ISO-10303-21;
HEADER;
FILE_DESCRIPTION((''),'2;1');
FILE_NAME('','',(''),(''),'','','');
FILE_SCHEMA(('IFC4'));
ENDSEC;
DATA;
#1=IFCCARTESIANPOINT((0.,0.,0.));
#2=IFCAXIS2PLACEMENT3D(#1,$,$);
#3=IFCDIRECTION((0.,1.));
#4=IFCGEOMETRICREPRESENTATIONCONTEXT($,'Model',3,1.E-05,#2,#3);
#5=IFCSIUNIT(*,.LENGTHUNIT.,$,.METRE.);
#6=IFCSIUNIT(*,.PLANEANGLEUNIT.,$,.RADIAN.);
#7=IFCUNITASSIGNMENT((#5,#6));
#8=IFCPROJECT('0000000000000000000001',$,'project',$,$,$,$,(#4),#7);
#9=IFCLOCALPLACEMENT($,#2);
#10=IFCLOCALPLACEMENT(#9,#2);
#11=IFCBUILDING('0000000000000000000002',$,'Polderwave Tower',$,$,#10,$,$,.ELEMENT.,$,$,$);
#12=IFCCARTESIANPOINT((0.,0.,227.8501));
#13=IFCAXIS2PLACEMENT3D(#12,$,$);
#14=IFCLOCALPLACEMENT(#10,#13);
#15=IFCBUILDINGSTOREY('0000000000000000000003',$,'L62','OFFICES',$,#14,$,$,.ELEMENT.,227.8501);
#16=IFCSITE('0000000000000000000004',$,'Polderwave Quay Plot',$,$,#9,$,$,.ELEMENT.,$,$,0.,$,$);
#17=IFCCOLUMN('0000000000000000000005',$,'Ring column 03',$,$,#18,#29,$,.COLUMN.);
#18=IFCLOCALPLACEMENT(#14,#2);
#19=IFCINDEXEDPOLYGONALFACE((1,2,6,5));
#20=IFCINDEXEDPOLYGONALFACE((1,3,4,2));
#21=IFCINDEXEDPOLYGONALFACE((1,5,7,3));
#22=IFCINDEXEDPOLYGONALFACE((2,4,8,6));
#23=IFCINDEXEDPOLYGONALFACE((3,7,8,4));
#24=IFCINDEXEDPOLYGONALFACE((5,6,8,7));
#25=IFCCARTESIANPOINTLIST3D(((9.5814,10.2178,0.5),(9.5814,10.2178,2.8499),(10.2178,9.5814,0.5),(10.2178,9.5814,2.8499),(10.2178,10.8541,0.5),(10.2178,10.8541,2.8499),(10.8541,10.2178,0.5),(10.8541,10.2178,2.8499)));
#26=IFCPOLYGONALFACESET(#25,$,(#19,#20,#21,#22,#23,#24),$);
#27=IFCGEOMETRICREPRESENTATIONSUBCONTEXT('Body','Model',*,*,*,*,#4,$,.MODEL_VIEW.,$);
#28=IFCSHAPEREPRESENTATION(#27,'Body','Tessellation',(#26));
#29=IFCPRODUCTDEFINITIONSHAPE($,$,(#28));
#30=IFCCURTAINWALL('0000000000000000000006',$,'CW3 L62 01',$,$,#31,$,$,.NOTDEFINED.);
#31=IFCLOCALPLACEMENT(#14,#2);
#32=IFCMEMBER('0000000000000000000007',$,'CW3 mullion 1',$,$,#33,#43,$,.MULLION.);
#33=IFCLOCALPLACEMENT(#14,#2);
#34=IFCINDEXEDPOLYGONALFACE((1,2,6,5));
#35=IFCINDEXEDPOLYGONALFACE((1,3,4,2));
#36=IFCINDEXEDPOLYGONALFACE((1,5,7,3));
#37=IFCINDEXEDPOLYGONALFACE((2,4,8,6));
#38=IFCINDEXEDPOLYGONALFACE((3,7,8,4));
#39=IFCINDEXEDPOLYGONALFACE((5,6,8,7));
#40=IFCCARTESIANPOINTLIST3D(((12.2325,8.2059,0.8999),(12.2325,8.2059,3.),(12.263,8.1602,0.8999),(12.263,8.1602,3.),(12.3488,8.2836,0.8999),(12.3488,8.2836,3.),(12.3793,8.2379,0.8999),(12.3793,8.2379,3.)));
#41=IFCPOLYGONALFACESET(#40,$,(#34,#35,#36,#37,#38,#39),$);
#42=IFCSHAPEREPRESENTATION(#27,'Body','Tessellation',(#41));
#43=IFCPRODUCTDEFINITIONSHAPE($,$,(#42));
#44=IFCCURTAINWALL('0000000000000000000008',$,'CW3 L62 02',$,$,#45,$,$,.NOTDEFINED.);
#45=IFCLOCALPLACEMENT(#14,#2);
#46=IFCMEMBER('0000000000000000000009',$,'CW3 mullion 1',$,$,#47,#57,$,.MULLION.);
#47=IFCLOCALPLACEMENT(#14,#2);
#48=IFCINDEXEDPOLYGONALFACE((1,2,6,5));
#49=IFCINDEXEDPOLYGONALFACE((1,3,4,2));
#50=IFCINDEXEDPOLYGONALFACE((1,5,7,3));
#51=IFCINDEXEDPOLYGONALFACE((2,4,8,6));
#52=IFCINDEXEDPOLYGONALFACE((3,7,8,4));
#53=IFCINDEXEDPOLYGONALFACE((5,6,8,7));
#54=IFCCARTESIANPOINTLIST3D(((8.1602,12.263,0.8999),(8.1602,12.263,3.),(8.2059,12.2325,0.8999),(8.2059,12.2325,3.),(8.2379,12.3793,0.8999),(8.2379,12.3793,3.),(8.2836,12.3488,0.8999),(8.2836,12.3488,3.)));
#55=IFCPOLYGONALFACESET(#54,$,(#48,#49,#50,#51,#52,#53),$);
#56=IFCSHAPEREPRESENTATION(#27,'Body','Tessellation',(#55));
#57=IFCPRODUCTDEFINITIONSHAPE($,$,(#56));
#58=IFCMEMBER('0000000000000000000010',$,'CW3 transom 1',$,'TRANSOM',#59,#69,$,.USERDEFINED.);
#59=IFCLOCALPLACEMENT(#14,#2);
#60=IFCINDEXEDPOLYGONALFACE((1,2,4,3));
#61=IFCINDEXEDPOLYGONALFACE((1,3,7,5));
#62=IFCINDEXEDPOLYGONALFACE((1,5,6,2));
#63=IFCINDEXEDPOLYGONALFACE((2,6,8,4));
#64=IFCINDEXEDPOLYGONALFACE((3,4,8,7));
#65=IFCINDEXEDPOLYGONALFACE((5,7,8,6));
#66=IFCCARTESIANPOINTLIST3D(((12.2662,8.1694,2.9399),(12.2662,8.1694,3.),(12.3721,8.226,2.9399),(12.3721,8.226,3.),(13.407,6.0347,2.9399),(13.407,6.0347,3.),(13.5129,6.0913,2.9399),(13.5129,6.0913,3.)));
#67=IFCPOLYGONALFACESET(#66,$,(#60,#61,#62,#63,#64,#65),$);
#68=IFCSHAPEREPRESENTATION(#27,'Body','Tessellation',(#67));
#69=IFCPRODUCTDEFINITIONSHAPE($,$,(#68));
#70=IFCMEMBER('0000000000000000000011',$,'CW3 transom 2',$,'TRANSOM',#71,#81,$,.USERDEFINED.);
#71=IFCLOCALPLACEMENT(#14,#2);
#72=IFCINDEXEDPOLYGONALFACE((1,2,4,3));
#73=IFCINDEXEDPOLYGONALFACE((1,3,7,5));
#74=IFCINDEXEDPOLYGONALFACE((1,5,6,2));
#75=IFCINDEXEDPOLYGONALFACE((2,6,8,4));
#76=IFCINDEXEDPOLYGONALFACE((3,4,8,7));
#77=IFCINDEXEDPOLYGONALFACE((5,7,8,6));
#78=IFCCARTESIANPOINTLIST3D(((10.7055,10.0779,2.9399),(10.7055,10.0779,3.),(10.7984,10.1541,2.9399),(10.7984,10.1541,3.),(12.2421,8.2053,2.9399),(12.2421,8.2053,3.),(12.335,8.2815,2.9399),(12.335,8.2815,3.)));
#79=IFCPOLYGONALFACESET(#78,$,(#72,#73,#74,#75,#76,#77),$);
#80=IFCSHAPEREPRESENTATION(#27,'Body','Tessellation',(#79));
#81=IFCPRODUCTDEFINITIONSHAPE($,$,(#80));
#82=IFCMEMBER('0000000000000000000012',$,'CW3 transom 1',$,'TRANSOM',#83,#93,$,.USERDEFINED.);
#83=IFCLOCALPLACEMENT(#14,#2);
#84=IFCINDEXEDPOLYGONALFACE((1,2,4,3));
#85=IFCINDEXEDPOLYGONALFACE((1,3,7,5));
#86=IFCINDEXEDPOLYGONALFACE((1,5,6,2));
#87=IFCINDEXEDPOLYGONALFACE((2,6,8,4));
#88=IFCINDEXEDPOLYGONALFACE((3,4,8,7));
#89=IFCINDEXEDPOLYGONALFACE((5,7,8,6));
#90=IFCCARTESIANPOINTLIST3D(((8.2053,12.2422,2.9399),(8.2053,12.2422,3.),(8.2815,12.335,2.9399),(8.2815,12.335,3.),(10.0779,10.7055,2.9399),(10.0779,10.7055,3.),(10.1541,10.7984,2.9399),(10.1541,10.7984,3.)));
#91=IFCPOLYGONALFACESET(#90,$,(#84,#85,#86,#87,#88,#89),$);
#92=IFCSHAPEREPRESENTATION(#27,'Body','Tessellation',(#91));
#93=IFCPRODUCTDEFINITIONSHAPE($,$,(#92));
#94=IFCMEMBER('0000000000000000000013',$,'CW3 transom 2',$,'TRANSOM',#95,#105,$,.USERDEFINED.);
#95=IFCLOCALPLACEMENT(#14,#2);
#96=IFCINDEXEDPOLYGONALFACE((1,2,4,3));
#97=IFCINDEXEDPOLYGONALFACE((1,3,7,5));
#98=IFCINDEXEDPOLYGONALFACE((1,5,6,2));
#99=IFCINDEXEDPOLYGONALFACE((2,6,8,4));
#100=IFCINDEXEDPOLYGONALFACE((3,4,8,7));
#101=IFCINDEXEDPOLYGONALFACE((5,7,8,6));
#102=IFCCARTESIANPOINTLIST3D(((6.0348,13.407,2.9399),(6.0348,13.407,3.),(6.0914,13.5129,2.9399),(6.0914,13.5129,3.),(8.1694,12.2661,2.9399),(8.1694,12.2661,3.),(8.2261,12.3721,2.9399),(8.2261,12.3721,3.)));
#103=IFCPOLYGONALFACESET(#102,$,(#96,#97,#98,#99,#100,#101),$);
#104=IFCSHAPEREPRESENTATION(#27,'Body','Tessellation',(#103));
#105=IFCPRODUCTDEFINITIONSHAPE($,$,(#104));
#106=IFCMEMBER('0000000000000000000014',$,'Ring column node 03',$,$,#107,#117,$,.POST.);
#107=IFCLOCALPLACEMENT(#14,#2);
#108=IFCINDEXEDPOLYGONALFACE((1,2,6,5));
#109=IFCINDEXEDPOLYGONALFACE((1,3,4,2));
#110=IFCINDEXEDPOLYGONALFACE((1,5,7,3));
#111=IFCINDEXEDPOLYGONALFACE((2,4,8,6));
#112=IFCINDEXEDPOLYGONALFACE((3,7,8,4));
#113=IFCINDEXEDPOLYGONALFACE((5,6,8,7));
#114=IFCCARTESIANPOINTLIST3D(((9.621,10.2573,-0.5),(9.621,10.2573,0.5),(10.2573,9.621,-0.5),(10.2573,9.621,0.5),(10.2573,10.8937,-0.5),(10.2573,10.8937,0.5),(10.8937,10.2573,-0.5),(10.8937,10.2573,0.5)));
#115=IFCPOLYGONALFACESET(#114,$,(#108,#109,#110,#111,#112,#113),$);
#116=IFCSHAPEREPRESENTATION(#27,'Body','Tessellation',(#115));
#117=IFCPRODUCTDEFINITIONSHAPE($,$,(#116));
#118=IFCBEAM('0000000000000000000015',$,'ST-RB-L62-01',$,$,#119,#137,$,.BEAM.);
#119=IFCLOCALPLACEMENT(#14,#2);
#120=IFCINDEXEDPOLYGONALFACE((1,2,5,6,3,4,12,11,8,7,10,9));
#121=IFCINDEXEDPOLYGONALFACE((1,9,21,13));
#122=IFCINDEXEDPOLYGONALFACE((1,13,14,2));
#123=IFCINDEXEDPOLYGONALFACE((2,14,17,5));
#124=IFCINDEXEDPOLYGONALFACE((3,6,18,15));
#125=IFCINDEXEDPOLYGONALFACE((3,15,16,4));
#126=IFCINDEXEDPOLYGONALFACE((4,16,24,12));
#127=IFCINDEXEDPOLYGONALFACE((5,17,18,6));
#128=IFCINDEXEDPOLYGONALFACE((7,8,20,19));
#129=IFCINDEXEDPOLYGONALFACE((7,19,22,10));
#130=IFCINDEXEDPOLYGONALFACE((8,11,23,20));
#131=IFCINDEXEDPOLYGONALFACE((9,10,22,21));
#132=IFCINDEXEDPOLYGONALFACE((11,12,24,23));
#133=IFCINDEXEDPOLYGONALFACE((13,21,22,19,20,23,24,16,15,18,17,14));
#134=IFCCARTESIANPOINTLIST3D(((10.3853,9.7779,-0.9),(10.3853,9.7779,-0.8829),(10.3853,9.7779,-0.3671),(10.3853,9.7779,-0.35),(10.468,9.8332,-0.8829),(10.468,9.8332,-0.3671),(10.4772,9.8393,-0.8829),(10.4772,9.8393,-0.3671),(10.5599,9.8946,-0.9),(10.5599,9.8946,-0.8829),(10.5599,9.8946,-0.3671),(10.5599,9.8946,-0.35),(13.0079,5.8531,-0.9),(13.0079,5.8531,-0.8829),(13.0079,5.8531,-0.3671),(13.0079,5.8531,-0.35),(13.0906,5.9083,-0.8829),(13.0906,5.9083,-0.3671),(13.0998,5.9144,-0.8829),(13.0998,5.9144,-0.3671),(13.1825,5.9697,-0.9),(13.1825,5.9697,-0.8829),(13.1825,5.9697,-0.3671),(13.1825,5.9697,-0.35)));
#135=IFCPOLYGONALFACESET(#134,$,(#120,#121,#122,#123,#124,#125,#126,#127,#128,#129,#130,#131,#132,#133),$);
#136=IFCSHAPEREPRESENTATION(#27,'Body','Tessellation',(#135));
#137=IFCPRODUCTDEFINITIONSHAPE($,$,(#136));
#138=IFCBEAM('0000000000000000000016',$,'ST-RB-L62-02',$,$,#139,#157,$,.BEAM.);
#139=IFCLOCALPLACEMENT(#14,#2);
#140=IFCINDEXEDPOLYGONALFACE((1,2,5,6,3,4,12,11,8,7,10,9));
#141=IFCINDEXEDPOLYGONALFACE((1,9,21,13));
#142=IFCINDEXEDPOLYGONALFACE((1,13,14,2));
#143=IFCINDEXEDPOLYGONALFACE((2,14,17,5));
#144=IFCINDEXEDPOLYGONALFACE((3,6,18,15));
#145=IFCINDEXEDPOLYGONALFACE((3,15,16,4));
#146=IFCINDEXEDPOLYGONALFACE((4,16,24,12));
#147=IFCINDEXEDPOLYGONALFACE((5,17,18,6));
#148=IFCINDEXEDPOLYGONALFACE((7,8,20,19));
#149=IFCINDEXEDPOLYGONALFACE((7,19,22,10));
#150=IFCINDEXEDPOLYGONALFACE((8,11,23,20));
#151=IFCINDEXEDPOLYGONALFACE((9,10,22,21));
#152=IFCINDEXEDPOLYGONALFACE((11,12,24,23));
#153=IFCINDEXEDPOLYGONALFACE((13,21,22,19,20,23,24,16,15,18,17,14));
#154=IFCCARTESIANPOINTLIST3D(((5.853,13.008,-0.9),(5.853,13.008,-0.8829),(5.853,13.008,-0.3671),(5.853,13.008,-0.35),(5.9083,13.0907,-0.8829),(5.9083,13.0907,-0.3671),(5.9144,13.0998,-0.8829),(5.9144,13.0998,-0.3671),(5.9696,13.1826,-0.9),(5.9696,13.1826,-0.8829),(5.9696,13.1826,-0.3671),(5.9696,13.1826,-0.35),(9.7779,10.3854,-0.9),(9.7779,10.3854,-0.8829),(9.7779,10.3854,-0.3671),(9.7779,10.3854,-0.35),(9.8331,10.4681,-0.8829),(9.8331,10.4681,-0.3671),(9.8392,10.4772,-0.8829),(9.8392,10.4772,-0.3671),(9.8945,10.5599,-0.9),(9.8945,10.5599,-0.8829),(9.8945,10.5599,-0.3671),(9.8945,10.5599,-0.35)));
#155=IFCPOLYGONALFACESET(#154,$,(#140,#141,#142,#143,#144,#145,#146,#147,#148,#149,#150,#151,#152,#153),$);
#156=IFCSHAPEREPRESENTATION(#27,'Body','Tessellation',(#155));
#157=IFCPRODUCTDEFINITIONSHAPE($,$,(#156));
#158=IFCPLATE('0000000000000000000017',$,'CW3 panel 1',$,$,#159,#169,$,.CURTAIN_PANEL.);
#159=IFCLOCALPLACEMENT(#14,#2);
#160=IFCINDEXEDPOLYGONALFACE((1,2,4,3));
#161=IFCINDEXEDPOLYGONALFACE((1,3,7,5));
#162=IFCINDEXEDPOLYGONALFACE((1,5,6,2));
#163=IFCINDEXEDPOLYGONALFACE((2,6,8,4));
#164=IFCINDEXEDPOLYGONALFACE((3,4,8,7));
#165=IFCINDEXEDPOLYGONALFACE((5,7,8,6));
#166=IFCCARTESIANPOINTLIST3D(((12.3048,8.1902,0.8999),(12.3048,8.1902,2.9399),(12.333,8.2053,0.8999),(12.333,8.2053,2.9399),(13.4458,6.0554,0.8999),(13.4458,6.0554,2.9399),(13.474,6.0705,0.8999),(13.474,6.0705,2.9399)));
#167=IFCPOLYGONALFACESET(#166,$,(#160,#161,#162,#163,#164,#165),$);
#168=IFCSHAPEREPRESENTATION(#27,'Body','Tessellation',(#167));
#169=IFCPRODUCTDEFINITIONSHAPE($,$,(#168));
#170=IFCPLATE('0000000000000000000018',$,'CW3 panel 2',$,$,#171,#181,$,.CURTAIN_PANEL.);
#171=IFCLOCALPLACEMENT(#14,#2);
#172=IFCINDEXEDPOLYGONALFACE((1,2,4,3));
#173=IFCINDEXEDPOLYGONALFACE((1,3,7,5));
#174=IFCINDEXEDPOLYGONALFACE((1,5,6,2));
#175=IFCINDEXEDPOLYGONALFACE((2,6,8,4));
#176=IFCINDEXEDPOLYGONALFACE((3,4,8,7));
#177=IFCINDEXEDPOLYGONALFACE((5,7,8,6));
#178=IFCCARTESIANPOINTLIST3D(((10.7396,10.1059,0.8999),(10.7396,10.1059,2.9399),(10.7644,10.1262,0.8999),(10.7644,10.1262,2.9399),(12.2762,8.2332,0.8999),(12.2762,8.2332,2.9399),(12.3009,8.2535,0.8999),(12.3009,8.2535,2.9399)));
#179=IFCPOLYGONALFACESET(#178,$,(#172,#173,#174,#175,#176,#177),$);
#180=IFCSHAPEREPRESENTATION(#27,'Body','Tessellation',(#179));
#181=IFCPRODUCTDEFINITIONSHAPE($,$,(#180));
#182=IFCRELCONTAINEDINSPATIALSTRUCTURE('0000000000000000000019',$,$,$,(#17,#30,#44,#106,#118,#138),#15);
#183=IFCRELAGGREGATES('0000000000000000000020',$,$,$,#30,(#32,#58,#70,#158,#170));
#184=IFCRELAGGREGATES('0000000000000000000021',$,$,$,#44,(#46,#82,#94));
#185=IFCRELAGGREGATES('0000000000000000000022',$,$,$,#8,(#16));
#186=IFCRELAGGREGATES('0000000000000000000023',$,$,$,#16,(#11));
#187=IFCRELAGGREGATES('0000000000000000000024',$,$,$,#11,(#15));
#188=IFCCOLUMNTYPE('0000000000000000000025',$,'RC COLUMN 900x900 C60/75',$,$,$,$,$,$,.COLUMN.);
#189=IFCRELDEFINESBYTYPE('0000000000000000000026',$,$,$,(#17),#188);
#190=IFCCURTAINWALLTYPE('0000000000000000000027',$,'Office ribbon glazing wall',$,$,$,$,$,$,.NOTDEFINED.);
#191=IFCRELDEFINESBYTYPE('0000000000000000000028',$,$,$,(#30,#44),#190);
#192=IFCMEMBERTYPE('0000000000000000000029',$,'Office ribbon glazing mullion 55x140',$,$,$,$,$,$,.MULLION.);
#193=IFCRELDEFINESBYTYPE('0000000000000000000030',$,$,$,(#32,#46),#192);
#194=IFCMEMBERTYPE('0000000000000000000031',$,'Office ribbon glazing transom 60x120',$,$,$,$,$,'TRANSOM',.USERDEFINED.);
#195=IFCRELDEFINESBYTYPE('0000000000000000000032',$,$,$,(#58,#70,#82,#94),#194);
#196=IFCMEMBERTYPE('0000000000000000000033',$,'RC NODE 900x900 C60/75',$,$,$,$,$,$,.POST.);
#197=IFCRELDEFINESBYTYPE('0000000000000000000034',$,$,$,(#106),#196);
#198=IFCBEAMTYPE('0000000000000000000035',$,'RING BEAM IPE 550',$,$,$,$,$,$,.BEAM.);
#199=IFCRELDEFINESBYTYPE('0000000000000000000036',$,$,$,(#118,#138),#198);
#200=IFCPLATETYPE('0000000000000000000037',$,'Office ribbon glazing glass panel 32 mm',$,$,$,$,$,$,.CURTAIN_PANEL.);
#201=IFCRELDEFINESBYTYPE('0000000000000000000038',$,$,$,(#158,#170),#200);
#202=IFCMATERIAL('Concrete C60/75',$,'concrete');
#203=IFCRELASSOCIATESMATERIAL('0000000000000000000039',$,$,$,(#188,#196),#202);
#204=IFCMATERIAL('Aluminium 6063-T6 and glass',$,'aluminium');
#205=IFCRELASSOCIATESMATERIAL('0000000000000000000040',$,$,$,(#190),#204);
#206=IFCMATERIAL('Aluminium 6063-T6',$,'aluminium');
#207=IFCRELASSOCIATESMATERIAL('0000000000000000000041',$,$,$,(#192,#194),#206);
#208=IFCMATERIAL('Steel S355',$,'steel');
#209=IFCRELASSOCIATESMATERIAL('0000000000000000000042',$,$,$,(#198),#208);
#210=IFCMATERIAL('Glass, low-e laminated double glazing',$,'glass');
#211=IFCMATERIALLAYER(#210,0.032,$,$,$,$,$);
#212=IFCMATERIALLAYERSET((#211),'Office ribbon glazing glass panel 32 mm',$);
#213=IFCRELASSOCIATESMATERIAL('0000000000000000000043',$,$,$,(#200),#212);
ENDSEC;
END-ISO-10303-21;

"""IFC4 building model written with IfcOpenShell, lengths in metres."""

from ifc_helpers import new_model, si_unit, direction, frame, origin, origin_2d, place, context, subcontext, project, spatial, rectangle, i_section, extrude, material, layer, layer_set, material_profile, profile_set, type_object, element, aggregate, save


model = new_model("IFC4")

# Units and contexts
model_context = context("Model", 3, precision=1e-05, world=origin(), true_north=direction((0.0, 1.0)))
body_context = subcontext(model_context, "Body", "Model", "MODEL_VIEW")
ifc_project = project(units=[si_unit("LENGTHUNIT", "METRE"), si_unit("PLANEANGLEUNIT", "RADIAN")], contexts=[model_context])

# Site, building, storey
site_placement = place(None, origin())
site = spatial("IfcSite", under=ifc_project, at=site_placement, Name="Polderwave Quay Plot", CompositionType="ELEMENT", RefElevation=0.0)
building_placement = place(site_placement, origin())
building = spatial("IfcBuilding", under=site, at=building_placement, Name="Polderwave Tower", CompositionType="ELEMENT")
storey_placement = place(building_placement, frame((0.0, 0.0, 227.8501)))
storey = spatial("IfcBuildingStorey", under=building, at=storey_placement, Name="L62", Description="OFFICES", CompositionType="ELEMENT", Elevation=227.8501)

# Column
ifc_material_1 = material(Name="Concrete C60/75", Category="concrete")
ifc_material_profile_1 = material_profile(ifc_material_1, rectangle(XDim=0.8999, YDim=0.8999, at=origin_2d()), Name="RC 900x900")
ifc_profile_set_1 = profile_set([ifc_material_profile_1], Name="Concrete C60/75")
column_type = type_object("IfcColumnType", Name="RC COLUMN 900x900 C60/75", PredefinedType="COLUMN", material=ifc_profile_set_1)
column_placement = place(storey_placement, frame((10.2178, 10.2178, 0.5), z_axis=(0.0, 0.0, 1.0), x_axis=(0.707107, 0.707107, 0.0)))
element("IfcColumn", 1, at=column_placement, inside=storey, type_object=column_type, Name="Ring column 03", PredefinedType="COLUMN", context=body_context, shape_type="SweptSolid", body=[
    extrude(rectangle(XDim=0.8999, YDim=0.8999, at=origin_2d()), origin(), (0.0, 0.0, 1.0), 2.3499),
])

# Curtain walls, members
ifc_material_2 = material(Name="Aluminium 6063-T6 and glass", Category="aluminium")
curtain_wall_type = type_object("IfcCurtainWallType", Name="Office ribbon glazing wall", PredefinedType="NOTDEFINED", material=ifc_material_2)
curtain_wall_1_placement = place(storey_placement, origin())
curtain_wall_1 = element("IfcCurtainWall", 2, at=curtain_wall_1_placement, inside=storey, type_object=curtain_wall_type, Name="CW3 L62 01", PredefinedType="NOTDEFINED")
ifc_material_3 = material(Name="Aluminium 6063-T6", Category="aluminium")
ifc_material_profile_2 = material_profile(ifc_material_3, rectangle(XDim=0.1399, YDim=0.0549, at=origin_2d()), Name="AL 55x140")
ifc_profile_set_2 = profile_set([ifc_material_profile_2], Name="Aluminium 6063-T6")
member_type_1 = type_object("IfcMemberType", Name="Office ribbon glazing mullion 55x140", PredefinedType="MULLION", material=ifc_profile_set_2)
member_1_placement = place(storey_placement, frame((12.3059, 8.2219, 0.8999), z_axis=(0.0, 0.0, 1.0), x_axis=(-0.831503, -0.555521, 0.0)))
member_1 = element("IfcMember", 3, at=member_1_placement, type_object=member_type_1, Name="CW3 mullion 1", PredefinedType="MULLION", context=body_context, shape_type="SweptSolid", body=[
    extrude(rectangle(XDim=0.1399, YDim=0.0549, at=origin_2d()), origin(), (0.0, 0.0, 1.0), 2.1001),
])
curtain_wall_2_placement = place(storey_placement, origin())
curtain_wall_2 = element("IfcCurtainWall", 4, at=curtain_wall_2_placement, inside=storey, type_object=curtain_wall_type, Name="CW3 L62 02", PredefinedType="NOTDEFINED")
member_2_placement = place(storey_placement, frame((8.2219, 12.3059, 0.8999), z_axis=(0.0, 0.0, 1.0), x_axis=(-0.555521, -0.831503, 0.0)))
member_2 = element("IfcMember", 5, at=member_2_placement, type_object=member_type_1, Name="CW3 mullion 1", PredefinedType="MULLION", context=body_context, shape_type="SweptSolid", body=[
    extrude(rectangle(XDim=0.1399, YDim=0.0549, at=origin_2d()), origin(), (0.0, 0.0, 1.0), 2.1001),
])

# Members
ifc_material_profile_3 = material_profile(ifc_material_3, rectangle(XDim=0.1201, YDim=0.0601, at=origin_2d()), Name="AL 60x120")
ifc_profile_set_3 = profile_set([ifc_material_profile_3], Name="Aluminium 6063-T6")
member_type_2 = type_object("IfcMemberType", Name="Office ribbon glazing transom 60x120", ElementType="TRANSOM", PredefinedType="USERDEFINED", material=ifc_profile_set_3)
member_3_placement = place(storey_placement, frame((13.46, 6.063, 2.97), z_axis=(-0.471337, 0.881953, 0.0), x_axis=(-0.881953, -0.471337, 0.0)))
member_3 = element("IfcMember", 6, at=member_3_placement, type_object=member_type_2, Name="CW3 transom 1", ObjectType="TRANSOM", PredefinedType="USERDEFINED", context=body_context, shape_type="SweptSolid", body=[
    extrude(rectangle(XDim=0.1201, YDim=0.0601, at=origin_2d()), origin(), (0.0, 0.0, 1.0), 2.4204),
])
member_4_placement = place(storey_placement, frame((12.2886, 8.2434, 2.97), z_axis=(-0.634357, 0.77304, 0.0), x_axis=(-0.77304, -0.634357, 0.0)))
member_4 = element("IfcMember", 7, at=member_4_placement, type_object=member_type_2, Name="CW3 transom 2", ObjectType="TRANSOM", PredefinedType="USERDEFINED", context=body_context, shape_type="SweptSolid", body=[
    extrude(rectangle(XDim=0.1201, YDim=0.0601, at=origin_2d()), origin(), (0.0, 0.0, 1.0), 2.4224),
])
member_5_placement = place(storey_placement, frame((10.116, 10.752, 2.97), z_axis=(-0.77304, 0.634357, 0.0), x_axis=(-0.634357, -0.77304, 0.0)))
member_5 = element("IfcMember", 8, at=member_5_placement, type_object=member_type_2, Name="CW3 transom 1", ObjectType="TRANSOM", PredefinedType="USERDEFINED", context=body_context, shape_type="SweptSolid", body=[
    extrude(rectangle(XDim=0.1201, YDim=0.0601, at=origin_2d()), origin(), (0.0, 0.0, 1.0), 2.4224),
])
member_6_placement = place(storey_placement, frame((8.1978, 12.3191, 2.97), z_axis=(-0.881953, 0.471337, 0.0), x_axis=(-0.471337, -0.881953, 0.0)))
member_6 = element("IfcMember", 9, at=member_6_placement, type_object=member_type_2, Name="CW3 transom 2", ObjectType="TRANSOM", PredefinedType="USERDEFINED", context=body_context, shape_type="SweptSolid", body=[
    extrude(rectangle(XDim=0.1201, YDim=0.0601, at=origin_2d()), origin(), (0.0, 0.0, 1.0), 2.4204),
])
ifc_material_profile_4 = material_profile(ifc_material_1, rectangle(XDim=0.8999, YDim=0.8999, at=origin_2d()), Name="RC 900x900")
ifc_profile_set_4 = profile_set([ifc_material_profile_4], Name="Concrete C60/75")
member_type_3 = type_object("IfcMemberType", Name="RC NODE 900x900 C60/75", PredefinedType="POST", material=ifc_profile_set_4)
member_7_placement = place(storey_placement, frame((10.2573, 10.2573, -0.5), z_axis=(0.0, 0.0, 1.0), x_axis=(0.707107, 0.707107, 0.0)))
element("IfcMember", 10, at=member_7_placement, inside=storey, type_object=member_type_3, Name="Ring column node 03", PredefinedType="POST", context=body_context, shape_type="SweptSolid", body=[
    extrude(rectangle(XDim=0.8999, YDim=0.8999, at=origin_2d()), origin(), (0.0, 0.0, 1.0), 1.0),
])

# Beams
ifc_material_4 = material(Name="Steel S355", Category="steel")
ifc_material_profile_5 = material_profile(ifc_material_4, i_section(OverallWidth=0.21, OverallDepth=0.55, WebThickness=0.011, FlangeThickness=0.0171, at=origin_2d()), Name="IPE 550")
ifc_profile_set_5 = profile_set([ifc_material_profile_5], Name="Steel S355")
beam_type = type_object("IfcBeamType", Name="RING BEAM IPE 550", PredefinedType="BEAM", material=ifc_profile_set_5)
for number, where, z_axis, x_axis, name in (
    (11, (13.0952, 5.9114, -0.625), (-0.555583, 0.831461, 0.0), (-0.831461, -0.555583, 0.0), "ST-RB-L62-01"),
    (12, (9.8362, 10.4727, -0.625), (-0.831461, 0.555583, 0.0), (-0.555583, -0.831461, 0.0), "ST-RB-L62-02"),
):
    element("IfcBeam", number, at=place(storey_placement, frame(where, z_axis=z_axis, x_axis=x_axis)), inside=storey, type_object=beam_type, Name=name, PredefinedType="BEAM", context=body_context, shape_type="SweptSolid", body=[
        extrude(i_section(OverallWidth=0.21, OverallDepth=0.55, WebThickness=0.011, FlangeThickness=0.0171, at=origin_2d()), origin(), (0.0, 0.0, 1.0), 4.7205),
    ])

# Plates
ifc_material_5 = material(Name="Glass, low-e laminated double glazing", Category="glass")
ifc_layer_1 = layer(ifc_material_5, 0.032)
ifc_layer_set_1 = layer_set([ifc_layer_1], Name="Office ribbon glazing glass panel 32 mm")
plate_type = type_object("IfcPlateType", Name="Office ribbon glazing glass panel 32 mm", PredefinedType="CURTAIN_PANEL", material=ifc_layer_set_1)
plate_1_placement = place(storey_placement, frame((12.8894, 7.1304, 0.8999), z_axis=(0.0, 0.0, 1.0), x_axis=(-0.471394, 0.881923, 0.0)))
plate_1 = element("IfcPlate", 13, at=plate_1_placement, type_object=plate_type, Name="CW3 panel 1", PredefinedType="CURTAIN_PANEL", context=body_context, shape_type="SweptSolid", body=[
    extrude(rectangle(XDim=2.4207, YDim=0.032, at=origin_2d()), origin(), (0.0, 0.0, 1.0), 2.04),
])
plate_2_placement = place(storey_placement, frame((11.5203, 9.1797, 0.8999), z_axis=(0.0, 0.0, 1.0), x_axis=(-0.634304, 0.773084, 0.0)))
plate_2 = element("IfcPlate", 14, at=plate_2_placement, type_object=plate_type, Name="CW3 panel 2", PredefinedType="CURTAIN_PANEL", context=body_context, shape_type="SweptSolid", body=[
    extrude(rectangle(XDim=2.4224, YDim=0.032, at=origin_2d()), origin(), (0.0, 0.0, 1.0), 2.04),
])
aggregate(curtain_wall_1, [member_1, member_3, member_4, plate_1, plate_2])
aggregate(curtain_wall_2, [member_2, member_5, member_6])

save(model, "model.ifc")
